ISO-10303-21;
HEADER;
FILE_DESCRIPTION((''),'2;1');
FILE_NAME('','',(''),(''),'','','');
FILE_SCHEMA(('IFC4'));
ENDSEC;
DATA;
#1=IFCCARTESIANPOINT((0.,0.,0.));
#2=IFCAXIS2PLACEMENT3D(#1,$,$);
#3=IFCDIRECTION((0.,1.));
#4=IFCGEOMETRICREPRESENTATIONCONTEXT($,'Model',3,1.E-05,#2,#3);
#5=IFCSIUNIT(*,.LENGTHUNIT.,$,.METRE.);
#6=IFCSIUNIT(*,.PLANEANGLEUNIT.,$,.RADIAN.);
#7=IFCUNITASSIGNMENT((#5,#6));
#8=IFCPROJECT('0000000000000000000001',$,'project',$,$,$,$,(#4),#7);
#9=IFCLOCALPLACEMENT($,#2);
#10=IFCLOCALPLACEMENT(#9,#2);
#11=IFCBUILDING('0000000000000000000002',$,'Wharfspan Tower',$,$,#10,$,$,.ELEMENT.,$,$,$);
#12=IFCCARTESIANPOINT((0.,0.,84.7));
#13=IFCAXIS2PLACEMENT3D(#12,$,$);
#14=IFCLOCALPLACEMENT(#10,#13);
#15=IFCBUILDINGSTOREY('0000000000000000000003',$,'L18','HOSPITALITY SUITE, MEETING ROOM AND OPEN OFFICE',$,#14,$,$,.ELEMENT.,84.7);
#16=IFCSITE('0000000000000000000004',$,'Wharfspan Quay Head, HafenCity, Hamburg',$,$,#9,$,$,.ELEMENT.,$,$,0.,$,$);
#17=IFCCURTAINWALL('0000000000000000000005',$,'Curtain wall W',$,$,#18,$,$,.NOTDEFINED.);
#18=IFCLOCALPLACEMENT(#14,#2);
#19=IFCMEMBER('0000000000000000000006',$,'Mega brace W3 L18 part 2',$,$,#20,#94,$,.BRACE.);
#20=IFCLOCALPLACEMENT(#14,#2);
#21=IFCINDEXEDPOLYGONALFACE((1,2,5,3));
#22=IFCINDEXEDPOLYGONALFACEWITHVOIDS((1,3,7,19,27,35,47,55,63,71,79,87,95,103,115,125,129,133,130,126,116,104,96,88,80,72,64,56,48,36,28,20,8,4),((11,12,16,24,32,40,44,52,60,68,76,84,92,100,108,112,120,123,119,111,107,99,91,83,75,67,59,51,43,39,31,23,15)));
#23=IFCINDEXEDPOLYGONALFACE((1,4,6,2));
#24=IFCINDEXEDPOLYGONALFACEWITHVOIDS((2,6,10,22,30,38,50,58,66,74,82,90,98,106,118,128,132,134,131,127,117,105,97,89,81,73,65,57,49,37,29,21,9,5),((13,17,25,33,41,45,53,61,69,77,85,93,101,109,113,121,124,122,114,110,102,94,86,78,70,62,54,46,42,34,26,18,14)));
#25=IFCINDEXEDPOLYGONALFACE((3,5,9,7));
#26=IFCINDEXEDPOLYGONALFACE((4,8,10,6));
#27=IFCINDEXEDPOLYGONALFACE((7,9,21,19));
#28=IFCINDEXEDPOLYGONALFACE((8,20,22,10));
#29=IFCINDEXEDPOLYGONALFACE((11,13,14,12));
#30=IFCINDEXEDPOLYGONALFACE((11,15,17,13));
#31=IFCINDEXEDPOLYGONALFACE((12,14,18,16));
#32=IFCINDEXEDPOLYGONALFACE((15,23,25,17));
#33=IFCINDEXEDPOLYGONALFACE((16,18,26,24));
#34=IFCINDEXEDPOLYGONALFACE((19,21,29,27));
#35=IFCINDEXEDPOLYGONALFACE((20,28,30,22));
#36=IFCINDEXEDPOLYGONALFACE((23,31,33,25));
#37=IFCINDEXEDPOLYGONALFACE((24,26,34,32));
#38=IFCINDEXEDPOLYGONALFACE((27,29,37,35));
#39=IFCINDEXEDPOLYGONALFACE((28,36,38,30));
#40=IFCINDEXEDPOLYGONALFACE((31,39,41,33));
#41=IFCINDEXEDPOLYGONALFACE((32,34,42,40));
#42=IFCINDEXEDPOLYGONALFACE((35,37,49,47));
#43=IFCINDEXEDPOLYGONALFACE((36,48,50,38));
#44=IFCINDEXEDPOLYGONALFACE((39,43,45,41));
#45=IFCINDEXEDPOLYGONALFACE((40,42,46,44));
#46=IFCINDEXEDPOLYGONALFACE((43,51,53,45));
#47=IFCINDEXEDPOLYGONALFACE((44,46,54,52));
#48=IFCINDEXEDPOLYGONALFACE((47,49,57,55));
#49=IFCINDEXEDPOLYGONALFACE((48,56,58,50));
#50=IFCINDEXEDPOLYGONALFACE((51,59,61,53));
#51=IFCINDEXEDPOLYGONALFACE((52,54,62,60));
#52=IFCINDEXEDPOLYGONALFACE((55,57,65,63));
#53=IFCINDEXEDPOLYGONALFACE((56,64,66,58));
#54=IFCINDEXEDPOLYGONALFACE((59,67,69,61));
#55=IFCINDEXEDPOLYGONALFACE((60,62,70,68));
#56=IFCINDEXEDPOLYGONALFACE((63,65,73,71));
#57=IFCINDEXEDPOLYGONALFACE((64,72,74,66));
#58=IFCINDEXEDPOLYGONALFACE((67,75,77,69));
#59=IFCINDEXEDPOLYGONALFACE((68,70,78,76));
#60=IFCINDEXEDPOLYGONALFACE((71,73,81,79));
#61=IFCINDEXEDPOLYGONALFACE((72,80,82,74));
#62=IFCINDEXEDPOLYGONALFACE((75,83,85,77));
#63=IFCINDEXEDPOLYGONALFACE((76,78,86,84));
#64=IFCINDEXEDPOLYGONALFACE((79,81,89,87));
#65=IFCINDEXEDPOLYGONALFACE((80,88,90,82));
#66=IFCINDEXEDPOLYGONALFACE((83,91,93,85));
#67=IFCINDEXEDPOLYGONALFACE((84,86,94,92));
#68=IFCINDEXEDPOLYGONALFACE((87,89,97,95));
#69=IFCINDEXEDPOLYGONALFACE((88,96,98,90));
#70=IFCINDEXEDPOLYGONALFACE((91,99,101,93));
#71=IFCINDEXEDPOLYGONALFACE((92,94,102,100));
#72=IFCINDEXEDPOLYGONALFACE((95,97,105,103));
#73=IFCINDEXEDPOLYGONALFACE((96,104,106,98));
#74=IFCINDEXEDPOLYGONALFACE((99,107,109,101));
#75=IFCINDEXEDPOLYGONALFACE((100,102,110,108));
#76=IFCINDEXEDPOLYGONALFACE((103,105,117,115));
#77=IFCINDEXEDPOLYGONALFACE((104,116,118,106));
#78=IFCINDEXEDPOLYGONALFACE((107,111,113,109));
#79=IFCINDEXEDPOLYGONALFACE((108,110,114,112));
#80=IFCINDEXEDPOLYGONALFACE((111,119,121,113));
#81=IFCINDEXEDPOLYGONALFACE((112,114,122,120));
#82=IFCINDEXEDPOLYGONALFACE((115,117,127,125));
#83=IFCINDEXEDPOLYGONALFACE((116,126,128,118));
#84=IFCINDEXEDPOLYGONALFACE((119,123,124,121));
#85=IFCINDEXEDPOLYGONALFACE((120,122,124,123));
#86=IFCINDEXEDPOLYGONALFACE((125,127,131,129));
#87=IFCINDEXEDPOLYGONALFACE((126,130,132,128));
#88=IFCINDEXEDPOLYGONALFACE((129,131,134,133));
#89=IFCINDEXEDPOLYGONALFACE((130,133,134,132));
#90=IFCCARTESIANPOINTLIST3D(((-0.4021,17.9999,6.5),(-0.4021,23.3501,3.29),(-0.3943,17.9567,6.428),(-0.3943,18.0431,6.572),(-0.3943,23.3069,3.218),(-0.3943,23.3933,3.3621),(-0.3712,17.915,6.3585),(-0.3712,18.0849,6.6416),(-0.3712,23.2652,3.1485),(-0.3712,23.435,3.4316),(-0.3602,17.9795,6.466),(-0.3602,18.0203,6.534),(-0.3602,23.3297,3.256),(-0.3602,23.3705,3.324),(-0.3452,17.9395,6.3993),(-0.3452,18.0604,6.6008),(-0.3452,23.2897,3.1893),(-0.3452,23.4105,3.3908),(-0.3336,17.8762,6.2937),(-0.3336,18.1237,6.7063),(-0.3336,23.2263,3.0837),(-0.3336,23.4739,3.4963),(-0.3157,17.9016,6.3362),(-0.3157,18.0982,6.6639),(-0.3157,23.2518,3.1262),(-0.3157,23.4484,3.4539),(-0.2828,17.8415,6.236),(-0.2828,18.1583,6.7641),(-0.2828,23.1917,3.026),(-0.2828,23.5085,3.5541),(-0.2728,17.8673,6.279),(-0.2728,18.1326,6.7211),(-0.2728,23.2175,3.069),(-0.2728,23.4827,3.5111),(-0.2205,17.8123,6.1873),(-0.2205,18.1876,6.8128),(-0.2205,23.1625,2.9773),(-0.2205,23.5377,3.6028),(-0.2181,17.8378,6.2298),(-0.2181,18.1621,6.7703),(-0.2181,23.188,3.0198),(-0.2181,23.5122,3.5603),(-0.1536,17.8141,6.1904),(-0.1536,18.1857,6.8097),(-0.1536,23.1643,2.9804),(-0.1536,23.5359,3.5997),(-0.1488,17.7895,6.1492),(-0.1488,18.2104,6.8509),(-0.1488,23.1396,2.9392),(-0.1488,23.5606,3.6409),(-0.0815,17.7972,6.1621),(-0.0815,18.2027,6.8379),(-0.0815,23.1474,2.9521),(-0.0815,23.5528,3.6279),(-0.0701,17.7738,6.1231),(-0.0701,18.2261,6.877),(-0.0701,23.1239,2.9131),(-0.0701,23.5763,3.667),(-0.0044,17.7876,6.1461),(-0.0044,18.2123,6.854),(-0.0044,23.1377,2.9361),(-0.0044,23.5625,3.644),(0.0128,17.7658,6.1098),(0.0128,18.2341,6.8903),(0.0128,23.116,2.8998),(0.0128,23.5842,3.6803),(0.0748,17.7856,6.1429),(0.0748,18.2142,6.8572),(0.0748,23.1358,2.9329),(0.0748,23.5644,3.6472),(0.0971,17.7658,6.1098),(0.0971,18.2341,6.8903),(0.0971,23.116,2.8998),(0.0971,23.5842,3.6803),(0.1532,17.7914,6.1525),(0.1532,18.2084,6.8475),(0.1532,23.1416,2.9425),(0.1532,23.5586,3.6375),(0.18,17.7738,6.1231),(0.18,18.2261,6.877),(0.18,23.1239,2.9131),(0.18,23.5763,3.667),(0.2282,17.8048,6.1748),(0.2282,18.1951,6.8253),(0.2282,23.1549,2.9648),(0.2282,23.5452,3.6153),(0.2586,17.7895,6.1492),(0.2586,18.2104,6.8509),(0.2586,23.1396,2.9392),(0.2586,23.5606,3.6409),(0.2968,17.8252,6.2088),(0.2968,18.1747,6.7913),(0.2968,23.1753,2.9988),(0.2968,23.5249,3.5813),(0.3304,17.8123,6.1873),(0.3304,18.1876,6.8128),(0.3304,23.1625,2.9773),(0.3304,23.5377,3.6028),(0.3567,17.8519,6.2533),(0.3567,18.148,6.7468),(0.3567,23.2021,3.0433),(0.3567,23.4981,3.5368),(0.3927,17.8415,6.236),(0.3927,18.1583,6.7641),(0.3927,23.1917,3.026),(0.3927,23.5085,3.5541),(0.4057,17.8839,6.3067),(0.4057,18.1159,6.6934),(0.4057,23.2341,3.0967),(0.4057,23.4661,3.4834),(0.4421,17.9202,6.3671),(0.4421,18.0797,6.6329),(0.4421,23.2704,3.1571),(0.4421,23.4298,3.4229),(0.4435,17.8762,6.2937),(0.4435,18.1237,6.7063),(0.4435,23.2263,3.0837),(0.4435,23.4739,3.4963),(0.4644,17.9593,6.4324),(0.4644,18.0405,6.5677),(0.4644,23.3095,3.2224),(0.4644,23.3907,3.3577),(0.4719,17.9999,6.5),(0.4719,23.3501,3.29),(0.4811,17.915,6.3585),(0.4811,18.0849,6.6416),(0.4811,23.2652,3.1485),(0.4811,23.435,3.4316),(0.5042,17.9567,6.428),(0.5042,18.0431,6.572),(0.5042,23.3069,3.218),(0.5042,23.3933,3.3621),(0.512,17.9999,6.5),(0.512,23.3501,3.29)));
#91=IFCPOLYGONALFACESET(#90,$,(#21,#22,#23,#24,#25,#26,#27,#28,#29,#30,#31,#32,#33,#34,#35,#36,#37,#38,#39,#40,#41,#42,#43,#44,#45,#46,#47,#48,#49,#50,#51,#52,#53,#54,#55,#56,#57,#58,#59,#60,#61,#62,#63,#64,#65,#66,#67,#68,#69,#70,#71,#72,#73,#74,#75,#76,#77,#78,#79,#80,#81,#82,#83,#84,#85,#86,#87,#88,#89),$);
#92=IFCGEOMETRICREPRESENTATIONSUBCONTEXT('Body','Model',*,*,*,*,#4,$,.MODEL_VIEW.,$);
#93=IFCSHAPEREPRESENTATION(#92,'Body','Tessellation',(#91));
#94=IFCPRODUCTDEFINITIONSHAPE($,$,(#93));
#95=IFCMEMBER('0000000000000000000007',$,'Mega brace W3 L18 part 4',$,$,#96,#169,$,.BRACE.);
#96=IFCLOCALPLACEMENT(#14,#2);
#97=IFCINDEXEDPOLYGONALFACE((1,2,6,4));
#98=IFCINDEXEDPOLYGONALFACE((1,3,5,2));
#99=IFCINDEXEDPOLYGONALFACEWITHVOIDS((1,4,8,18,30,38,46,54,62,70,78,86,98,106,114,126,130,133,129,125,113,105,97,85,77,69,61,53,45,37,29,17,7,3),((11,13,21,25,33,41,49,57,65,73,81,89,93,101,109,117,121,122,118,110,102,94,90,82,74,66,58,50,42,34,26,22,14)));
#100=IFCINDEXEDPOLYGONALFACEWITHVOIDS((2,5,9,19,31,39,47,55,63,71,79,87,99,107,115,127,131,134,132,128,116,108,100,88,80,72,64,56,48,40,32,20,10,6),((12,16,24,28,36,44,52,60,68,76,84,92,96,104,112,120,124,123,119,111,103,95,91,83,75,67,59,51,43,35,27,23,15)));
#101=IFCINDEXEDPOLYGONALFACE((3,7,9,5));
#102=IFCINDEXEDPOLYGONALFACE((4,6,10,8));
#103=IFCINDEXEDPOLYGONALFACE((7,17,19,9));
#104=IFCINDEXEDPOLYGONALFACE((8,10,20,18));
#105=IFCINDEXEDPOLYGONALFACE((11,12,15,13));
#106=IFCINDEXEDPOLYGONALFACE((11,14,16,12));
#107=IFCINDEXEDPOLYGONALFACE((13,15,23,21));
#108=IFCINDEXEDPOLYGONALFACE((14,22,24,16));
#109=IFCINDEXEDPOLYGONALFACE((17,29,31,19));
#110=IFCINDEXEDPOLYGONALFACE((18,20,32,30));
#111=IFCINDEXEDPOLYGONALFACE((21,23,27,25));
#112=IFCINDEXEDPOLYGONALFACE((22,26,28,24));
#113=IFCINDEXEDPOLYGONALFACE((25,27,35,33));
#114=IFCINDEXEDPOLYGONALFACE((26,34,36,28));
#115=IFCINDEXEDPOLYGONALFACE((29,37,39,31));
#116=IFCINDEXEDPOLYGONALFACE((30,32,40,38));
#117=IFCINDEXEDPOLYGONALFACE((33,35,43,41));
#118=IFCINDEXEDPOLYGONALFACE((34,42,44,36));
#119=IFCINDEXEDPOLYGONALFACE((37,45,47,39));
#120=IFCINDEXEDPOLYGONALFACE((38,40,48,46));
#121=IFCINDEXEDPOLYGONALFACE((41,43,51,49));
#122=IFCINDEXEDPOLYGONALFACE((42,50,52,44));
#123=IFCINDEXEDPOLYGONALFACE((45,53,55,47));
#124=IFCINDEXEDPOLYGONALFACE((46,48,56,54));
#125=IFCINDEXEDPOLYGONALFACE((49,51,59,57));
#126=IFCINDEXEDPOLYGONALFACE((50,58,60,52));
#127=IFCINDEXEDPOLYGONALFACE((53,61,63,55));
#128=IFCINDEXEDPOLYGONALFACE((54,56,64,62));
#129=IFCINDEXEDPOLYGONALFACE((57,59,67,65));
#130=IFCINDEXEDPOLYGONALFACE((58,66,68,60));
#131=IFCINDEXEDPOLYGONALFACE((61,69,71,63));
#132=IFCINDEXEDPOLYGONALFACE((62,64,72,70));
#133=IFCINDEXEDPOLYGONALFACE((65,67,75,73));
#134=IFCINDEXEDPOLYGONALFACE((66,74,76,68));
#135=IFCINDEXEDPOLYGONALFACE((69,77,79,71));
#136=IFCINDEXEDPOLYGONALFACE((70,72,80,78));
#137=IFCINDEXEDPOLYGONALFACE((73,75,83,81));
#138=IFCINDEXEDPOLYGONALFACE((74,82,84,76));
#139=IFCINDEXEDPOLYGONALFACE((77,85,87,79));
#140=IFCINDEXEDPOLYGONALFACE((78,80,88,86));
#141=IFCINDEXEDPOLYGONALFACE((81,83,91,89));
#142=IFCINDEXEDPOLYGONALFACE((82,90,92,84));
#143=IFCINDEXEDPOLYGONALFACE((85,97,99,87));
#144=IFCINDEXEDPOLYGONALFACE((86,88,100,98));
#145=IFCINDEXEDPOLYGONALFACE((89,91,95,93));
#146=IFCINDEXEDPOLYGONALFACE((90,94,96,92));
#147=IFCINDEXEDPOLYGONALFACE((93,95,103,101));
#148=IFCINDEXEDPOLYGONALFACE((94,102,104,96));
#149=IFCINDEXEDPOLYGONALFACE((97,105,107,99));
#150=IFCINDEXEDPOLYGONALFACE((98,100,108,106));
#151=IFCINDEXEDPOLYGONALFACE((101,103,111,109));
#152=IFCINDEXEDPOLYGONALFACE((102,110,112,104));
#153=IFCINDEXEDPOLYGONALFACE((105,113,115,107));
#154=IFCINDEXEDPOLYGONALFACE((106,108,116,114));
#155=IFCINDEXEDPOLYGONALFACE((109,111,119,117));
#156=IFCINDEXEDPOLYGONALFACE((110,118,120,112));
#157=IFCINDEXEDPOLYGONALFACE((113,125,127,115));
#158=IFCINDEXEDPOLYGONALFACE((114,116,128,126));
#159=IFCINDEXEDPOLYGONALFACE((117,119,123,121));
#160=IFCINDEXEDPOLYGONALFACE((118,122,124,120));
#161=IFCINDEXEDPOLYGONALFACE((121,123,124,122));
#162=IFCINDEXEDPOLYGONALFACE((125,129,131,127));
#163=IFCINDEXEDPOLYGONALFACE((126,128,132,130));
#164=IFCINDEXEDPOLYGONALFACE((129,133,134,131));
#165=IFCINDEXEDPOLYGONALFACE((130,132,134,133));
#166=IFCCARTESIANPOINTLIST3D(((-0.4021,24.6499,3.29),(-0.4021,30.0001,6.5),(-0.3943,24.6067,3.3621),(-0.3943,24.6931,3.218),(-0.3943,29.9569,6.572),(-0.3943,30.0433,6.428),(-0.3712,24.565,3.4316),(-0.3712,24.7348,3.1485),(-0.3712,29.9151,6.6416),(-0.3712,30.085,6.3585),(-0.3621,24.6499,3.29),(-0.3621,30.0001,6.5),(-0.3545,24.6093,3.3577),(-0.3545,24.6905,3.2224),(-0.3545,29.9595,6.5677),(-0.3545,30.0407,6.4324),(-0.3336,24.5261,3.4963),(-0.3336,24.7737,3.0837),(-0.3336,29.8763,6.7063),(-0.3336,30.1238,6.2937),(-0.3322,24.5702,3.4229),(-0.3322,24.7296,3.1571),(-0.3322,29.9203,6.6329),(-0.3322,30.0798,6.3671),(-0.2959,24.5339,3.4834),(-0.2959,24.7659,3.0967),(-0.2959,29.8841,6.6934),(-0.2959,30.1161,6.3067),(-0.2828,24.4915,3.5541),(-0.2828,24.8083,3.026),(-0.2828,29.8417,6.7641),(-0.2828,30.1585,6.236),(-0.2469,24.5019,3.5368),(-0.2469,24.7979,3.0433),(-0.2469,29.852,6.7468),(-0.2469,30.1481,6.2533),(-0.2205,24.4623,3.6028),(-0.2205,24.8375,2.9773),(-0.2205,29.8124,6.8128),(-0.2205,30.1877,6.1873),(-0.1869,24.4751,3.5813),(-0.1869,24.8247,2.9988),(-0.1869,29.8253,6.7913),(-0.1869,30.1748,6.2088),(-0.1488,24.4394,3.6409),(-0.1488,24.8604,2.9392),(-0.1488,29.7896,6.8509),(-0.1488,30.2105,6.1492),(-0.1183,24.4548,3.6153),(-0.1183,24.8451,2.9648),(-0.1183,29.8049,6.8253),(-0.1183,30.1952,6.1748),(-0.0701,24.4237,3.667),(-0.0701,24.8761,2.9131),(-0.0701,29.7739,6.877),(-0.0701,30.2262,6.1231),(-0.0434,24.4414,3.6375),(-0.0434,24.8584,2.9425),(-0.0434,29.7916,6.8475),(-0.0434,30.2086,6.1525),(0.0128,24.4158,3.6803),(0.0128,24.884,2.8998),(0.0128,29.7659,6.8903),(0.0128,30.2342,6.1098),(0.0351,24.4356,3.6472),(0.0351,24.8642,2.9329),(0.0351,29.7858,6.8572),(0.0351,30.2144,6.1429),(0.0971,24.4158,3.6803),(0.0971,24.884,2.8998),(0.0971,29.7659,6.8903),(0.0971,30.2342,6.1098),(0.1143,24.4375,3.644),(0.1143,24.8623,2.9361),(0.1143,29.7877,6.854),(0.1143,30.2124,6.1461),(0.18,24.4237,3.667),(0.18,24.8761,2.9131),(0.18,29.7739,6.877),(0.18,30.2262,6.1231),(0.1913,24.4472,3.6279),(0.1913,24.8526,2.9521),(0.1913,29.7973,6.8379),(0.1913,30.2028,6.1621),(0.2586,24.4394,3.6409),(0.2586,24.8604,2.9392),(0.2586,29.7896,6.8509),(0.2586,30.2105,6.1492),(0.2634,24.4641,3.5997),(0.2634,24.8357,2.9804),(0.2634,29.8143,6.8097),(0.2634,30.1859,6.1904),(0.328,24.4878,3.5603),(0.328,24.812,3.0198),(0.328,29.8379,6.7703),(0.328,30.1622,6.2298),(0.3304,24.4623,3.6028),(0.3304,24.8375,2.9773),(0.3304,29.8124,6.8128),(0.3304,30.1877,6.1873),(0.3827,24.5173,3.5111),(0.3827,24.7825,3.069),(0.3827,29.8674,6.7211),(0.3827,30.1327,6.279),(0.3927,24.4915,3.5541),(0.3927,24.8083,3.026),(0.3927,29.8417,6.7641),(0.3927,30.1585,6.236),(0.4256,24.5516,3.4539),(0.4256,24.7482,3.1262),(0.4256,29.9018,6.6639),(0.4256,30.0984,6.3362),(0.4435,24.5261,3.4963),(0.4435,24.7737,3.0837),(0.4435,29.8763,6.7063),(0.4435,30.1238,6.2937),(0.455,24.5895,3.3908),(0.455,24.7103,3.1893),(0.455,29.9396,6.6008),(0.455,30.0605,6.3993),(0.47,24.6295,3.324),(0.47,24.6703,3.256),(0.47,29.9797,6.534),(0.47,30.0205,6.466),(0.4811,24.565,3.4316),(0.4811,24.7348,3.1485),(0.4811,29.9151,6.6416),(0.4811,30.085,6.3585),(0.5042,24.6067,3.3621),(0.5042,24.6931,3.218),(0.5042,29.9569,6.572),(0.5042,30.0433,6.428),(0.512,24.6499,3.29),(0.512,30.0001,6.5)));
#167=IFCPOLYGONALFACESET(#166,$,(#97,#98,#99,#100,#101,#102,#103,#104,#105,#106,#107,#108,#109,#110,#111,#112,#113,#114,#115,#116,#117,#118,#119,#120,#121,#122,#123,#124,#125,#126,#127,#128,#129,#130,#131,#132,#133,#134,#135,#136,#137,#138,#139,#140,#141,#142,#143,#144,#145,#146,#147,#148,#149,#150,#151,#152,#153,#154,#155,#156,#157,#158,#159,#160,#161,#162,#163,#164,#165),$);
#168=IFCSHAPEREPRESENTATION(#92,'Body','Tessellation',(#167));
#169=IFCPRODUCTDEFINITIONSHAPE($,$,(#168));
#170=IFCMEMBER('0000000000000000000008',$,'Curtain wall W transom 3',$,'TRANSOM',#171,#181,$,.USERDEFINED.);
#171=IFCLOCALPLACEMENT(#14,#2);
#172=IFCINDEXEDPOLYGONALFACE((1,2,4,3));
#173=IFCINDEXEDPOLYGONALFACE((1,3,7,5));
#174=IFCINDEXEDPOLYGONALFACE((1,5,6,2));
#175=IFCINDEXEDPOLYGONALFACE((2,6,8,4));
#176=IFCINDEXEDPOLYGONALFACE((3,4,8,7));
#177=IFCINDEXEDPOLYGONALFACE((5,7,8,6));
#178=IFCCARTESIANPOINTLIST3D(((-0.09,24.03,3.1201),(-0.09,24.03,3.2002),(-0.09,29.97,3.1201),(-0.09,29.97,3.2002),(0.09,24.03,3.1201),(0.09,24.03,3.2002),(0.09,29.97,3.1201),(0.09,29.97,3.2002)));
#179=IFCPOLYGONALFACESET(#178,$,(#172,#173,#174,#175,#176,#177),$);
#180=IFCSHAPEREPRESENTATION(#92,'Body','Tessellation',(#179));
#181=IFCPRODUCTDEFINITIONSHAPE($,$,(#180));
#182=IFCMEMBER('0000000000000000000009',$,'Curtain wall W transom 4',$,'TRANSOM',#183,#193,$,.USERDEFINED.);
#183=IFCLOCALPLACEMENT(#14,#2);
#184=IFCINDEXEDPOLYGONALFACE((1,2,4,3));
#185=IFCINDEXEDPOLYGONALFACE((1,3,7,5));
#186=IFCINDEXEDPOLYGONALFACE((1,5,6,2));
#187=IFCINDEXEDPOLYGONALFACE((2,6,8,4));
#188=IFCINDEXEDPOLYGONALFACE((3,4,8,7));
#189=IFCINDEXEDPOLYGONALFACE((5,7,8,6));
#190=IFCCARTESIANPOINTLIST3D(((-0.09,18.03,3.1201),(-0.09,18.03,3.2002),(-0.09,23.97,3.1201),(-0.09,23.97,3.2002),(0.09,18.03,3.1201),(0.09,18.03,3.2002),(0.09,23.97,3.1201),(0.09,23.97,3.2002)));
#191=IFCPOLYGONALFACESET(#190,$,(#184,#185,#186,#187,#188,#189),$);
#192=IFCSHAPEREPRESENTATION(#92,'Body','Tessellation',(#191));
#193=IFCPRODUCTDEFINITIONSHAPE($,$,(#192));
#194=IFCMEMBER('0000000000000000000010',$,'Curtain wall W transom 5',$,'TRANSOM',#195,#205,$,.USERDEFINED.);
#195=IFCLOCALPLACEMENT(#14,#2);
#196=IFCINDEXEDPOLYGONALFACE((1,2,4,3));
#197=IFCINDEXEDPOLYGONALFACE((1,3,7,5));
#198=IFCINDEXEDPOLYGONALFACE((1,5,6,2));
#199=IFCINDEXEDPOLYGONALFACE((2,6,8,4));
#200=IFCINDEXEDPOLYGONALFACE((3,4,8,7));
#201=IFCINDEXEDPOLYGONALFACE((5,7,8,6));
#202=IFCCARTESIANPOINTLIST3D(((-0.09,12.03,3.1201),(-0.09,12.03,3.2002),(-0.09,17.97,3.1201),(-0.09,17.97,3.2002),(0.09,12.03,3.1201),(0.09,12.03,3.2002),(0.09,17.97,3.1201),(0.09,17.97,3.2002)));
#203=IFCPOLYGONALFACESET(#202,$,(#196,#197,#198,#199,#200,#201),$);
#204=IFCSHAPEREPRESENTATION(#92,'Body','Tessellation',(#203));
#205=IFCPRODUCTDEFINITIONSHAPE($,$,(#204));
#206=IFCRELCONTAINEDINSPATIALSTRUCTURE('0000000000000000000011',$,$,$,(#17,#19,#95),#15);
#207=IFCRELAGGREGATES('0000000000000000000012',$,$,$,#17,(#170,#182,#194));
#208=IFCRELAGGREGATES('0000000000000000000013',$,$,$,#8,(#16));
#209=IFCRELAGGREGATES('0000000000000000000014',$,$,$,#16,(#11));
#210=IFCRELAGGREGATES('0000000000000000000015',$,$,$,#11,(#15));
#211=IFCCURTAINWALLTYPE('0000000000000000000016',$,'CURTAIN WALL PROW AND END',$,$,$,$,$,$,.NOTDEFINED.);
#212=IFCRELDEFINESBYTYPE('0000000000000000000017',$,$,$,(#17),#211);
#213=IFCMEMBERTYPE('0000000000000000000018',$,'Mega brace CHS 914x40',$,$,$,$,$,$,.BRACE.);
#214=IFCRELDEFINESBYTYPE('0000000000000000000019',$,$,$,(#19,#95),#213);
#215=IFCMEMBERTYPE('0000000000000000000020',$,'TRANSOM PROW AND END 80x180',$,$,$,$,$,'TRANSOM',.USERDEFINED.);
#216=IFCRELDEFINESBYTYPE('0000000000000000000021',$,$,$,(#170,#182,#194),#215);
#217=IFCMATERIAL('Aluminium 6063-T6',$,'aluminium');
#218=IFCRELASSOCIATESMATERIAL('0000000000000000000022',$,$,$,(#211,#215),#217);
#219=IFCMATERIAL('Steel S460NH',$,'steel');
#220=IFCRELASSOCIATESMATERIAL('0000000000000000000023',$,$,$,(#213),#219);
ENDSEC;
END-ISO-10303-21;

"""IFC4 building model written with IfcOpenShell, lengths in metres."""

from ifc_helpers import new_model, si_unit, direction, frame, origin, origin_2d, place, context, subcontext, project, spatial, rectangle, hollow_circle, extrude, material, material_profile, profile_set, type_object, element, aggregate, save


model = new_model("IFC4")

# Units and contexts
model_context = context("Model", 3, precision=1e-05, world=origin(), true_north=direction((0.0, 1.0)))
body_context = subcontext(model_context, "Body", "Model", "MODEL_VIEW")
ifc_project = project(units=[si_unit("LENGTHUNIT", "METRE"), si_unit("PLANEANGLEUNIT", "RADIAN")], contexts=[model_context])

# Site, building, storey
site_placement = place(None, origin())
site = spatial("IfcSite", under=ifc_project, at=site_placement, Name="Wharfspan Quay Head, HafenCity, Hamburg", CompositionType="ELEMENT", RefElevation=0.0)
building_placement = place(site_placement, origin())
building = spatial("IfcBuilding", under=site, at=building_placement, Name="Wharfspan Tower", CompositionType="ELEMENT")
storey_placement = place(building_placement, frame((0.0, 0.0, 84.7)))
storey = spatial("IfcBuildingStorey", under=building, at=storey_placement, Name="L18", Description="HOSPITALITY SUITE, MEETING ROOM AND OPEN OFFICE", CompositionType="ELEMENT", Elevation=84.7)

# Curtain wall
ifc_material_1 = material(Name="Aluminium 6063-T6", Category="aluminium")
curtain_wall_type = type_object("IfcCurtainWallType", Name="CURTAIN WALL PROW AND END", PredefinedType="NOTDEFINED", material=ifc_material_1)
curtain_wall_placement = place(storey_placement, origin())
curtain_wall = element("IfcCurtainWall", 1, at=curtain_wall_placement, inside=storey, type_object=curtain_wall_type, Name="Curtain wall W", PredefinedType="NOTDEFINED")

# Members
ifc_material_2 = material(Name="Steel S460NH", Category="steel")
ifc_material_profile_1 = material_profile(ifc_material_2, hollow_circle(Radius=0.457, WallThickness=0.04, at=origin_2d()))
ifc_profile_set_1 = profile_set([ifc_material_profile_1], Name="Steel S460NH")
member_type_1 = type_object("IfcMemberType", Name="Mega brace CHS 914x40", PredefinedType="BRACE", material=ifc_profile_set_1)
for number, where, z_axis, x_axis, name in (
    (2, (0.0549, 23.3501, 3.29), (0.0, -0.8575, 0.514484), (1.0, 0.0, 0.0), "Mega brace W3 L18 part 2"),
    (3, (0.0549, 24.6499, 3.29), (0.0, 0.8575, 0.514484), (-1.0, 0.0, 0.0), "Mega brace W3 L18 part 4"),
):
    element("IfcMember", number, at=place(storey_placement, frame(where, z_axis=z_axis, x_axis=x_axis)), inside=storey, type_object=member_type_1, Name=name, PredefinedType="BRACE", context=body_context, shape_type="SweptSolid", body=[
        extrude(hollow_circle(Radius=0.457, WallThickness=0.04, at=origin_2d()), origin(), (0.0, 0.0, 1.0), 6.2393),
    ])

# Members
ifc_material_profile_2 = material_profile(ifc_material_1, rectangle(XDim=0.1799, YDim=0.0801, at=origin_2d()))
ifc_profile_set_2 = profile_set([ifc_material_profile_2], Name="Aluminium 6063-T6")
member_type_2 = type_object("IfcMemberType", Name="TRANSOM PROW AND END 80x180", ElementType="TRANSOM", PredefinedType="USERDEFINED", material=ifc_profile_set_2)
member_1_placement = place(storey_placement, frame((0.0, 29.97, 3.1602), z_axis=(0.0, -1.0, 0.0), x_axis=(1.0, 0.0, 0.0)))
member_1 = element("IfcMember", 4, at=member_1_placement, type_object=member_type_2, Name="Curtain wall W transom 3", ObjectType="TRANSOM", PredefinedType="USERDEFINED", context=body_context, shape_type="SweptSolid", body=[
    extrude(rectangle(XDim=0.1799, YDim=0.0801, at=origin_2d()), origin(), (0.0, 0.0, 1.0), 5.9399),
])
member_2_placement = place(storey_placement, frame((0.0, 23.97, 3.1602), z_axis=(0.0, -1.0, 0.0), x_axis=(1.0, 0.0, 0.0)))
member_2 = element("IfcMember", 5, at=member_2_placement, type_object=member_type_2, Name="Curtain wall W transom 4", ObjectType="TRANSOM", PredefinedType="USERDEFINED", context=body_context, shape_type="SweptSolid", body=[
    extrude(rectangle(XDim=0.1799, YDim=0.0801, at=origin_2d()), origin(), (0.0, 0.0, 1.0), 5.9399),
])
member_3_placement = place(storey_placement, frame((0.0, 17.97, 3.1602), z_axis=(0.0, -1.0, 0.0), x_axis=(1.0, 0.0, 0.0)))
member_3 = element("IfcMember", 6, at=member_3_placement, type_object=member_type_2, Name="Curtain wall W transom 5", ObjectType="TRANSOM", PredefinedType="USERDEFINED", context=body_context, shape_type="SweptSolid", body=[
    extrude(rectangle(XDim=0.1799, YDim=0.0801, at=origin_2d()), origin(), (0.0, 0.0, 1.0), 5.9399),
])

aggregate(curtain_wall, [member_1, member_2, member_3])

save(model, "model.ifc")
